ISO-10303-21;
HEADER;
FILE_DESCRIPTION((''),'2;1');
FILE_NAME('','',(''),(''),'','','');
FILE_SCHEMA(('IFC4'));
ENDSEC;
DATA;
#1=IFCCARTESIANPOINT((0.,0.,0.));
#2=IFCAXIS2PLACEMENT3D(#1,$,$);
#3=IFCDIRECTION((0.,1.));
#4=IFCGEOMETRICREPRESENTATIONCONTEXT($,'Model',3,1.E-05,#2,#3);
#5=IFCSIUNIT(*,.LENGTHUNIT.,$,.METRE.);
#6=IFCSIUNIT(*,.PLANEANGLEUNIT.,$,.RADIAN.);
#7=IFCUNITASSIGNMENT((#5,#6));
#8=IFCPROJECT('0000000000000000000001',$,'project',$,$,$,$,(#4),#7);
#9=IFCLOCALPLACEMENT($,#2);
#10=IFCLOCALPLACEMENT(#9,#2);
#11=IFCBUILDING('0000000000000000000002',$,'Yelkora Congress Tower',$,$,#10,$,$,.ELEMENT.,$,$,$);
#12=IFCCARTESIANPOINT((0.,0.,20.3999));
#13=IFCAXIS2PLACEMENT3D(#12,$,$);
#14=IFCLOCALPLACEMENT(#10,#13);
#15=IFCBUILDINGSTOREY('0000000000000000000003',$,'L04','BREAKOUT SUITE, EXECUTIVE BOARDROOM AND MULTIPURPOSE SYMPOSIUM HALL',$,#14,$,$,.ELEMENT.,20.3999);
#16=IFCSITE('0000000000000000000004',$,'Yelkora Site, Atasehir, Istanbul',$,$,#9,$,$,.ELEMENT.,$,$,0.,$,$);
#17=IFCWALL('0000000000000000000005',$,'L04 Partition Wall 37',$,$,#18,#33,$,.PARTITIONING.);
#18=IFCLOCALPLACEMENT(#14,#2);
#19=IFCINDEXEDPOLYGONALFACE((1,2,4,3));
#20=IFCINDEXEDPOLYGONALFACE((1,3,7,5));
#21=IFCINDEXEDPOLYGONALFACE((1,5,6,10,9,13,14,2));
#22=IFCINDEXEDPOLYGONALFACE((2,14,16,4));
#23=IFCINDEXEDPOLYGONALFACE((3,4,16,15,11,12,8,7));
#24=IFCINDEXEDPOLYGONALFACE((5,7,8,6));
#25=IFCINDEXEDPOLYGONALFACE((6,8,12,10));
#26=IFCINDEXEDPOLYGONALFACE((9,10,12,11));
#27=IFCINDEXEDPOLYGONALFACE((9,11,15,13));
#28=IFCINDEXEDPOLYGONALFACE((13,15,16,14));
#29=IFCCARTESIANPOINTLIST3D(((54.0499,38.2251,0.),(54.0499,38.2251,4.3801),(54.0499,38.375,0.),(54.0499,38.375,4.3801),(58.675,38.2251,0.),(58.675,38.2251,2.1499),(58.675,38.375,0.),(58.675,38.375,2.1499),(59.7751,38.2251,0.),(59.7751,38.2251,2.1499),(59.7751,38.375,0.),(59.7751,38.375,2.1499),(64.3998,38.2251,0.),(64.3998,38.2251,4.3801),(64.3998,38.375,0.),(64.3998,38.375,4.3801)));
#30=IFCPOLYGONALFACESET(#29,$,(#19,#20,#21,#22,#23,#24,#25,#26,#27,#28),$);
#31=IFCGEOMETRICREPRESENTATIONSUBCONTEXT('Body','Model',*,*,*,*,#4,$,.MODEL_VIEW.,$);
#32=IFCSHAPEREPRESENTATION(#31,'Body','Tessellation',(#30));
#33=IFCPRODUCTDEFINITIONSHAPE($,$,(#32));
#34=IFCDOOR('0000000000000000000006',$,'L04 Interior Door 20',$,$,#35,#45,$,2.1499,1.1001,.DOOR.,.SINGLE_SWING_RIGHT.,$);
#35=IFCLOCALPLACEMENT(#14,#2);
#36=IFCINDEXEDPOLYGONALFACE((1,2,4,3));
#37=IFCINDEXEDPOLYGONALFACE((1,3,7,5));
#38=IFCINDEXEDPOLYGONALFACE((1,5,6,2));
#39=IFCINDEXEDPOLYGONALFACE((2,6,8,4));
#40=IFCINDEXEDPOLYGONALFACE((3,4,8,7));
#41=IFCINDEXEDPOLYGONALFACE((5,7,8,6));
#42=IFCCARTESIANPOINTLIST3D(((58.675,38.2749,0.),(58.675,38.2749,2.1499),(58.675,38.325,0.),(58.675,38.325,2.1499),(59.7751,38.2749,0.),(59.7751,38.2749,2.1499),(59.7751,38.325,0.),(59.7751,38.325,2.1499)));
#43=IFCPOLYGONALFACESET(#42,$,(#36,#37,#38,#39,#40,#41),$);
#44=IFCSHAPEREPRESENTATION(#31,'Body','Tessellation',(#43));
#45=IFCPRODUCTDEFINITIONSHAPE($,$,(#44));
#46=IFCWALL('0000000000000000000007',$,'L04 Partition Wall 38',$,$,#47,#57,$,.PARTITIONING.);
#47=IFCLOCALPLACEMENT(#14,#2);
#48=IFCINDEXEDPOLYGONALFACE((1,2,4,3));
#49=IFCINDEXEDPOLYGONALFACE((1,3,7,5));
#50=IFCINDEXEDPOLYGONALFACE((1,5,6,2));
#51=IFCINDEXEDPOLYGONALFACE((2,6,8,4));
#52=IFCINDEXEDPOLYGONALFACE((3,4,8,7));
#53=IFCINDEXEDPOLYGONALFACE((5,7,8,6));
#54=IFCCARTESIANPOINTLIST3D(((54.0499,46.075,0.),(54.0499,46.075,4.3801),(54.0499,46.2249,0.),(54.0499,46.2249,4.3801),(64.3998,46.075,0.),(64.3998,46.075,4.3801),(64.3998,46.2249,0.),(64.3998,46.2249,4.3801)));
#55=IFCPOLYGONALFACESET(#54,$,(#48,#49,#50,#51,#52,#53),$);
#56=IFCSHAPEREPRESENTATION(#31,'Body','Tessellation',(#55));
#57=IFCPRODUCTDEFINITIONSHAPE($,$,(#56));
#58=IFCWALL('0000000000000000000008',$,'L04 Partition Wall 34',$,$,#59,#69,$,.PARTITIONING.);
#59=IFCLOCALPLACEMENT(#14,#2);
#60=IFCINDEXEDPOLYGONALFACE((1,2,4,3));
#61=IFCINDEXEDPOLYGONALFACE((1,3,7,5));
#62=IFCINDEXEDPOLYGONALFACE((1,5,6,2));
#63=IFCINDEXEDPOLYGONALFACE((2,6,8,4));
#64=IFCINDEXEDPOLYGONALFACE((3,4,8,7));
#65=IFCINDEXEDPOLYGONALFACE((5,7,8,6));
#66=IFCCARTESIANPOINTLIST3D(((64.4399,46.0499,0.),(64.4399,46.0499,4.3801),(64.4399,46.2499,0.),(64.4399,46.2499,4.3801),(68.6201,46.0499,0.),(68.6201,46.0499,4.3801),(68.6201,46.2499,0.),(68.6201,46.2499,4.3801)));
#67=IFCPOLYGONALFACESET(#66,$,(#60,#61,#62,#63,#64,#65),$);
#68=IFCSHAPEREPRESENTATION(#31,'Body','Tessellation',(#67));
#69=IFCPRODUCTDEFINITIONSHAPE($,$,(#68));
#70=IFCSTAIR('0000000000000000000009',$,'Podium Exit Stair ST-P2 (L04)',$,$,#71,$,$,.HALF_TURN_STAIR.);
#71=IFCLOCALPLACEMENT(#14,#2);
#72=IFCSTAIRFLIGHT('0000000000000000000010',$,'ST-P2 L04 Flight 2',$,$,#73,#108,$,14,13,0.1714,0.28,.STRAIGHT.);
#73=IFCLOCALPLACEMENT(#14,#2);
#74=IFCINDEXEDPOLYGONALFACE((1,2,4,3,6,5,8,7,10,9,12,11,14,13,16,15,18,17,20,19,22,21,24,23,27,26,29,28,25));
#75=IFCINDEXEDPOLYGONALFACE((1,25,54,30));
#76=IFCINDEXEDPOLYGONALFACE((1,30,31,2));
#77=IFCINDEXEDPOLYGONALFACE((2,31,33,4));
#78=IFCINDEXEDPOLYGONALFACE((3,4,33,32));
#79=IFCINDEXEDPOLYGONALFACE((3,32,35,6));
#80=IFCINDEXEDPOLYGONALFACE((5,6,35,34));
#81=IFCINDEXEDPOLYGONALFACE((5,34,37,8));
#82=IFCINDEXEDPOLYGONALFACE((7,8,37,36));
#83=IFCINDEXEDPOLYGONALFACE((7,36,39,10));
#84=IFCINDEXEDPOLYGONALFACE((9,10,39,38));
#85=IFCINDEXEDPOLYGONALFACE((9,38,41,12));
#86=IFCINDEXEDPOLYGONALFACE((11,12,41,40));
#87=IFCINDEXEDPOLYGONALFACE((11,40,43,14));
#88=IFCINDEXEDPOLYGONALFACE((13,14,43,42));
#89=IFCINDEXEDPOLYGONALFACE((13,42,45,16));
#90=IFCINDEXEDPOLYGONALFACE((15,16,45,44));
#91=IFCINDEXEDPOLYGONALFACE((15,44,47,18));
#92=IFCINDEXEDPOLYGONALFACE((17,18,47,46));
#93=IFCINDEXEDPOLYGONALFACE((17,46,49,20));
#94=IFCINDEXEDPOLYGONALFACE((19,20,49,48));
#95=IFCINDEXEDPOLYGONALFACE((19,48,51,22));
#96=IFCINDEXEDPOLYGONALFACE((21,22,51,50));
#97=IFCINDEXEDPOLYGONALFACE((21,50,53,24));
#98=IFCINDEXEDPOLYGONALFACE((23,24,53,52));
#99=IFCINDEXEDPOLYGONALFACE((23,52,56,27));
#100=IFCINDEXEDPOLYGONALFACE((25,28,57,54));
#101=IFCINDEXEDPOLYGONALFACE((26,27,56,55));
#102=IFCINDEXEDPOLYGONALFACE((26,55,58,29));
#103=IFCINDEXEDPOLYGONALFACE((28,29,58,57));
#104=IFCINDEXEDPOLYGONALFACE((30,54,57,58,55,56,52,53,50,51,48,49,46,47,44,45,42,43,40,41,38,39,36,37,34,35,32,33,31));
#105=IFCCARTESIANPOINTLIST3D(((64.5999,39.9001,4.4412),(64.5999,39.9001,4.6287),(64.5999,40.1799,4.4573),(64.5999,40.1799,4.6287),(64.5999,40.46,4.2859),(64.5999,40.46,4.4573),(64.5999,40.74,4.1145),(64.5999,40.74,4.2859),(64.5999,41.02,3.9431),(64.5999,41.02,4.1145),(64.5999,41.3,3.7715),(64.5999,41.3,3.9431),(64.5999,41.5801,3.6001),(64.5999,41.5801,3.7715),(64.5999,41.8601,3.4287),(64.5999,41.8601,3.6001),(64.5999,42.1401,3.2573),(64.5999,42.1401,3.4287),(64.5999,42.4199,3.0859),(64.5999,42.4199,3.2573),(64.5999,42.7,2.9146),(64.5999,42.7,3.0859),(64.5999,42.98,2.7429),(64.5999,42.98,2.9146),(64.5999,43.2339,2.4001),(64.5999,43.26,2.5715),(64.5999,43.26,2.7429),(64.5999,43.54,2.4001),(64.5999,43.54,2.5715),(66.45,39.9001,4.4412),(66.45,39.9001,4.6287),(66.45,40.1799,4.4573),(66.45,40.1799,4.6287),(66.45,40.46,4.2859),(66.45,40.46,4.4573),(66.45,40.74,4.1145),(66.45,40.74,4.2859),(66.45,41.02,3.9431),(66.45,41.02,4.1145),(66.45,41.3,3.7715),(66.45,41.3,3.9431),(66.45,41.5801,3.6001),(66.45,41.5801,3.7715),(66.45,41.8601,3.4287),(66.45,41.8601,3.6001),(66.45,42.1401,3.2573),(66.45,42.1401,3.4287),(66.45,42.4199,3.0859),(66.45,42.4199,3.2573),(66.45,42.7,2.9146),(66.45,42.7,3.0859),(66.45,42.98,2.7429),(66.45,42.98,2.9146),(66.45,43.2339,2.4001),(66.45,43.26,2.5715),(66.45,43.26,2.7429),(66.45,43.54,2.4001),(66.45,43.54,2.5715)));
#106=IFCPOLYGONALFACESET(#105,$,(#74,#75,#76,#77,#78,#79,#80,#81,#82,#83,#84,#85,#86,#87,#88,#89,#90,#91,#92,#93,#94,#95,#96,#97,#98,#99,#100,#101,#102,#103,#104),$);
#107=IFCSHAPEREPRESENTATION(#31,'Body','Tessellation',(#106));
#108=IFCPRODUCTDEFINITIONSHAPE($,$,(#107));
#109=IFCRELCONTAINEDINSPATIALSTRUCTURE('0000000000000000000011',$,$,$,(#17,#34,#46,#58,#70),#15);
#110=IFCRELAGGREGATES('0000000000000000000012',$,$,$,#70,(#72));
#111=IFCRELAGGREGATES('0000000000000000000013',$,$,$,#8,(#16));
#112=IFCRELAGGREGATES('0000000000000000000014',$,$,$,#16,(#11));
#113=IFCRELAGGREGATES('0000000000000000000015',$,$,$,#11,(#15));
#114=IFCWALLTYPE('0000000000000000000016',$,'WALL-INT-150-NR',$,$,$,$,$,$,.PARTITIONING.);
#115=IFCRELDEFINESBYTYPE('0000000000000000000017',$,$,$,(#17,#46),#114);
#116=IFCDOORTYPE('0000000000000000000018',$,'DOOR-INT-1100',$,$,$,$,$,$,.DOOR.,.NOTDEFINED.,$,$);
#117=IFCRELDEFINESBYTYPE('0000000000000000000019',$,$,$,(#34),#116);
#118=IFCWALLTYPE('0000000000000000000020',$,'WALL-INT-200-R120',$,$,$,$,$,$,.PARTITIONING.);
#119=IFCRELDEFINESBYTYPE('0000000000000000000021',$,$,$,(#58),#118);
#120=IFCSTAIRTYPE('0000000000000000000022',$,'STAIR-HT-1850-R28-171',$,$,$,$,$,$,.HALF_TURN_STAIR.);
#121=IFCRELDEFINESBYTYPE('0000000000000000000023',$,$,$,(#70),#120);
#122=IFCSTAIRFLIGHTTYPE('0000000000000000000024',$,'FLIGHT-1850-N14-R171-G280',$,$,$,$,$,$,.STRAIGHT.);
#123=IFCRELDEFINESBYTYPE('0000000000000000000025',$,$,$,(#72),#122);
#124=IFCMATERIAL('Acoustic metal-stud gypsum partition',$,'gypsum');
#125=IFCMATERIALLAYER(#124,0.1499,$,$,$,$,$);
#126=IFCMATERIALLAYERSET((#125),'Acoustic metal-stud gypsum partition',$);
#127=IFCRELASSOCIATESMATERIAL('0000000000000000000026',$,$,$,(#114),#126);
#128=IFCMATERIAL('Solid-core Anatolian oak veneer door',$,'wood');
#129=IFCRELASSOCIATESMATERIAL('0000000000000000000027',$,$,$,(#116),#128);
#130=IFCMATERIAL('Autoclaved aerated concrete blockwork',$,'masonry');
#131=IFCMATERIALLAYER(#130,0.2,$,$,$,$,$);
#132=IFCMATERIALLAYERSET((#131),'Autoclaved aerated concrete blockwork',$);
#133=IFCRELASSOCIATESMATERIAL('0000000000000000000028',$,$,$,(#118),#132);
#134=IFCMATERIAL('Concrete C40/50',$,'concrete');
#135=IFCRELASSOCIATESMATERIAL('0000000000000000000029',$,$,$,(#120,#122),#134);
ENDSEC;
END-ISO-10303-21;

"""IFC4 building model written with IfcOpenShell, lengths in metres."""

from ifc_helpers import new_model, si_unit, direction, frame, frame_2d, origin, place, context, subcontext, project, spatial, polyline, rectangle, outline, extrude, material, layer, layer_set, type_object, element, fill, aggregate, save


model = new_model("IFC4")

# Units and contexts
model_context = context("Model", 3, precision=1e-05, world=origin(), true_north=direction((0.0, 1.0)))
body_context = subcontext(model_context, "Body", "Model", "MODEL_VIEW")
ifc_project = project(units=[si_unit("LENGTHUNIT", "METRE"), si_unit("PLANEANGLEUNIT", "RADIAN")], contexts=[model_context])

# Site, building, storey
site_placement = place(None, origin())
site = spatial("IfcSite", under=ifc_project, at=site_placement, Name="Yelkora Site, Atasehir, Istanbul", CompositionType="ELEMENT", RefElevation=0.0)
building_placement = place(site_placement, origin())
building = spatial("IfcBuilding", under=site, at=building_placement, Name="Yelkora Congress Tower", CompositionType="ELEMENT")
storey_placement = place(building_placement, frame((0.0, 0.0, 20.3999)))
storey = spatial("IfcBuildingStorey", under=building, at=storey_placement, Name="L04", Description="BREAKOUT SUITE, EXECUTIVE BOARDROOM AND MULTIPURPOSE SYMPOSIUM HALL", CompositionType="ELEMENT", Elevation=20.3999)

# Wall, opening, door
ifc_material_1 = material(Name="Acoustic metal-stud gypsum partition", Category="gypsum")
ifc_layer_1 = layer(ifc_material_1, 0.1499)
ifc_layer_set_1 = layer_set([ifc_layer_1], Name="Acoustic metal-stud gypsum partition")
wall_type_1 = type_object("IfcWallType", Name="WALL-INT-150-NR", PredefinedType="PARTITIONING", material=ifc_layer_set_1)
wall_1_placement = place(storey_placement, frame((54.05, 38.3, 0.0), z_axis=(0.0, 0.0, 1.0), x_axis=(1.0, 0.0, 0.0)))
wall_1 = element("IfcWall", 1, at=wall_1_placement, inside=storey, type_object=wall_type_1, Name="L04 Partition Wall 37", PredefinedType="PARTITIONING", context=body_context, shape_type="SweptSolid", body=[
    extrude(rectangle(XDim=10.3499, YDim=0.1499, at=frame_2d((5.1748, 0.0))), origin(), (0.0, 0.0, 1.0), 4.3801),
])
opening_1_placement = place(wall_1_placement, frame((4.625, 0.0, 0.0)))
opening_1 = element("IfcOpeningElement", 2, at=opening_1_placement, cuts=wall_1, PredefinedType="OPENING", context=body_context, shape_type="SweptSolid", body=[
    extrude(rectangle(XDim=1.1001, YDim=2.1499, at=frame_2d((0.55, 1.075))), frame((0.0, 0.085, 0.0), z_axis=(0.0, -1.0, 0.0), x_axis=(1.0, 0.0, 0.0)), (0.0, 0.0, 1.0), 0.1699),
])
ifc_material_2 = material(Name="Solid-core Anatolian oak veneer door", Category="wood")
door_type_1 = type_object("IfcDoorType", Name="DOOR-INT-1100", OperationType="NOTDEFINED", PredefinedType="DOOR", material=ifc_material_2)
door_1_placement = place(opening_1_placement, origin())
door_1 = element("IfcDoor", 3, at=door_1_placement, inside=storey, type_object=door_type_1, Name="L04 Interior Door 20", OperationType="SINGLE_SWING_RIGHT", OverallHeight=2.1499, OverallWidth=1.1001, PredefinedType="DOOR", context=body_context, shape_type="SweptSolid", body=[
    extrude(rectangle(XDim=1.1001, YDim=2.1499, at=frame_2d((0.55, 1.075))), frame((0.0, 0.0249, 0.0), z_axis=(0.0, -1.0, 0.0), x_axis=(1.0, 0.0, 0.0)), (0.0, 0.0, 1.0), 0.05),
])
fill(opening_1, door_1)

# Wall
wall_2_placement = place(storey_placement, frame((54.05, 46.1499, 0.0), z_axis=(0.0, 0.0, 1.0), x_axis=(1.0, 0.0, 0.0)))
element("IfcWall", 4, at=wall_2_placement, inside=storey, type_object=wall_type_1, Name="L04 Partition Wall 38", PredefinedType="PARTITIONING", context=body_context, shape_type="SweptSolid", body=[
    extrude(rectangle(XDim=10.3499, YDim=0.1499, at=frame_2d((5.1748, 0.0))), origin(), (0.0, 0.0, 1.0), 4.3801),
])

# Shared definitions
ifc_material_3 = material(Name="Autoclaved aerated concrete blockwork", Category="masonry")
ifc_layer_2 = layer(ifc_material_3, 0.2)
ifc_layer_set_2 = layer_set([ifc_layer_2], Name="Autoclaved aerated concrete blockwork")
wall_type_2 = type_object("IfcWallType", Name="WALL-INT-200-R120", PredefinedType="PARTITIONING", material=ifc_layer_set_2)

# Wall
wall_3_placement = place(storey_placement, frame((64.4399, 46.1499, 0.0), z_axis=(0.0, 0.0, 1.0), x_axis=(1.0, 0.0, 0.0)))
element("IfcWall", 5, at=wall_3_placement, inside=storey, type_object=wall_type_2, Name="L04 Partition Wall 34", PredefinedType="PARTITIONING", context=body_context, shape_type="SweptSolid", body=[
    extrude(rectangle(XDim=4.1802, YDim=0.2, at=frame_2d((2.0901, 0.0))), origin(), (0.0, 0.0, 1.0), 4.3801),
])

# Stair, stair flight
ifc_material_4 = material(Name="Concrete C40/50", Category="concrete")
stair_type = type_object("IfcStairType", Name="STAIR-HT-1850-R28-171", PredefinedType="HALF_TURN_STAIR", material=ifc_material_4)
stair_placement = place(storey_placement, origin())
stair = element("IfcStair", 6, at=stair_placement, inside=storey, type_object=stair_type, Name="Podium Exit Stair ST-P2 (L04)", PredefinedType="HALF_TURN_STAIR")
stair_flight_type = type_object("IfcStairFlightType", Name="FLIGHT-1850-N14-R171-G280", PredefinedType="STRAIGHT", material=ifc_material_4)
stair_flight_placement = place(storey_placement, frame((65.5249, 43.54, 2.4001), z_axis=(0.0, 0.0, 1.0), x_axis=(0.0, -1.0, 0.0)))
stair_flight = element("IfcStairFlight", 7, at=stair_flight_placement, type_object=stair_flight_type, Name="ST-P2 L04 Flight 2", NumberOfRisers=14, NumberOfTreads=13, PredefinedType="STRAIGHT", RiserHeight=0.1714, TreadLength=0.28, context=body_context, shape_type="SweptSolid", body=[
    extrude(outline(polyline([(0.0, 0.0), (0.0, 0.1714), (0.28, 0.1714), (0.28, 0.3428), (0.5601, 0.3428), (0.5601, 0.5144), (0.8401, 0.5144), (0.8401, 0.6858), (1.1201, 0.6858), (1.1201, 0.8572), (1.3999, 0.8572), (1.3999, 1.0286), (1.6799, 1.0286), (1.6799, 1.2), (1.96, 1.2), (1.96, 1.3713), (2.24, 1.3713), (2.24, 1.543), (2.52, 1.543), (2.52, 1.7144), (2.8, 1.7144), (2.8, 1.8857), (3.0801, 1.8857), (3.0801, 2.0571), (3.3601, 2.0571), (3.3601, 2.2285), (3.6399, 2.2285), (3.6399, 2.3999), (3.6399, 2.041), (0.3062, 0.0), (0.0, 0.0)])), frame((0.0, 0.925, 0.0), z_axis=(0.0, -1.0, 0.0), x_axis=(1.0, 0.0, 0.0)), (0.0, 0.0, 1.0), 1.8501),
])
aggregate(stair, [stair_flight])

save(model, "model.ifc")
